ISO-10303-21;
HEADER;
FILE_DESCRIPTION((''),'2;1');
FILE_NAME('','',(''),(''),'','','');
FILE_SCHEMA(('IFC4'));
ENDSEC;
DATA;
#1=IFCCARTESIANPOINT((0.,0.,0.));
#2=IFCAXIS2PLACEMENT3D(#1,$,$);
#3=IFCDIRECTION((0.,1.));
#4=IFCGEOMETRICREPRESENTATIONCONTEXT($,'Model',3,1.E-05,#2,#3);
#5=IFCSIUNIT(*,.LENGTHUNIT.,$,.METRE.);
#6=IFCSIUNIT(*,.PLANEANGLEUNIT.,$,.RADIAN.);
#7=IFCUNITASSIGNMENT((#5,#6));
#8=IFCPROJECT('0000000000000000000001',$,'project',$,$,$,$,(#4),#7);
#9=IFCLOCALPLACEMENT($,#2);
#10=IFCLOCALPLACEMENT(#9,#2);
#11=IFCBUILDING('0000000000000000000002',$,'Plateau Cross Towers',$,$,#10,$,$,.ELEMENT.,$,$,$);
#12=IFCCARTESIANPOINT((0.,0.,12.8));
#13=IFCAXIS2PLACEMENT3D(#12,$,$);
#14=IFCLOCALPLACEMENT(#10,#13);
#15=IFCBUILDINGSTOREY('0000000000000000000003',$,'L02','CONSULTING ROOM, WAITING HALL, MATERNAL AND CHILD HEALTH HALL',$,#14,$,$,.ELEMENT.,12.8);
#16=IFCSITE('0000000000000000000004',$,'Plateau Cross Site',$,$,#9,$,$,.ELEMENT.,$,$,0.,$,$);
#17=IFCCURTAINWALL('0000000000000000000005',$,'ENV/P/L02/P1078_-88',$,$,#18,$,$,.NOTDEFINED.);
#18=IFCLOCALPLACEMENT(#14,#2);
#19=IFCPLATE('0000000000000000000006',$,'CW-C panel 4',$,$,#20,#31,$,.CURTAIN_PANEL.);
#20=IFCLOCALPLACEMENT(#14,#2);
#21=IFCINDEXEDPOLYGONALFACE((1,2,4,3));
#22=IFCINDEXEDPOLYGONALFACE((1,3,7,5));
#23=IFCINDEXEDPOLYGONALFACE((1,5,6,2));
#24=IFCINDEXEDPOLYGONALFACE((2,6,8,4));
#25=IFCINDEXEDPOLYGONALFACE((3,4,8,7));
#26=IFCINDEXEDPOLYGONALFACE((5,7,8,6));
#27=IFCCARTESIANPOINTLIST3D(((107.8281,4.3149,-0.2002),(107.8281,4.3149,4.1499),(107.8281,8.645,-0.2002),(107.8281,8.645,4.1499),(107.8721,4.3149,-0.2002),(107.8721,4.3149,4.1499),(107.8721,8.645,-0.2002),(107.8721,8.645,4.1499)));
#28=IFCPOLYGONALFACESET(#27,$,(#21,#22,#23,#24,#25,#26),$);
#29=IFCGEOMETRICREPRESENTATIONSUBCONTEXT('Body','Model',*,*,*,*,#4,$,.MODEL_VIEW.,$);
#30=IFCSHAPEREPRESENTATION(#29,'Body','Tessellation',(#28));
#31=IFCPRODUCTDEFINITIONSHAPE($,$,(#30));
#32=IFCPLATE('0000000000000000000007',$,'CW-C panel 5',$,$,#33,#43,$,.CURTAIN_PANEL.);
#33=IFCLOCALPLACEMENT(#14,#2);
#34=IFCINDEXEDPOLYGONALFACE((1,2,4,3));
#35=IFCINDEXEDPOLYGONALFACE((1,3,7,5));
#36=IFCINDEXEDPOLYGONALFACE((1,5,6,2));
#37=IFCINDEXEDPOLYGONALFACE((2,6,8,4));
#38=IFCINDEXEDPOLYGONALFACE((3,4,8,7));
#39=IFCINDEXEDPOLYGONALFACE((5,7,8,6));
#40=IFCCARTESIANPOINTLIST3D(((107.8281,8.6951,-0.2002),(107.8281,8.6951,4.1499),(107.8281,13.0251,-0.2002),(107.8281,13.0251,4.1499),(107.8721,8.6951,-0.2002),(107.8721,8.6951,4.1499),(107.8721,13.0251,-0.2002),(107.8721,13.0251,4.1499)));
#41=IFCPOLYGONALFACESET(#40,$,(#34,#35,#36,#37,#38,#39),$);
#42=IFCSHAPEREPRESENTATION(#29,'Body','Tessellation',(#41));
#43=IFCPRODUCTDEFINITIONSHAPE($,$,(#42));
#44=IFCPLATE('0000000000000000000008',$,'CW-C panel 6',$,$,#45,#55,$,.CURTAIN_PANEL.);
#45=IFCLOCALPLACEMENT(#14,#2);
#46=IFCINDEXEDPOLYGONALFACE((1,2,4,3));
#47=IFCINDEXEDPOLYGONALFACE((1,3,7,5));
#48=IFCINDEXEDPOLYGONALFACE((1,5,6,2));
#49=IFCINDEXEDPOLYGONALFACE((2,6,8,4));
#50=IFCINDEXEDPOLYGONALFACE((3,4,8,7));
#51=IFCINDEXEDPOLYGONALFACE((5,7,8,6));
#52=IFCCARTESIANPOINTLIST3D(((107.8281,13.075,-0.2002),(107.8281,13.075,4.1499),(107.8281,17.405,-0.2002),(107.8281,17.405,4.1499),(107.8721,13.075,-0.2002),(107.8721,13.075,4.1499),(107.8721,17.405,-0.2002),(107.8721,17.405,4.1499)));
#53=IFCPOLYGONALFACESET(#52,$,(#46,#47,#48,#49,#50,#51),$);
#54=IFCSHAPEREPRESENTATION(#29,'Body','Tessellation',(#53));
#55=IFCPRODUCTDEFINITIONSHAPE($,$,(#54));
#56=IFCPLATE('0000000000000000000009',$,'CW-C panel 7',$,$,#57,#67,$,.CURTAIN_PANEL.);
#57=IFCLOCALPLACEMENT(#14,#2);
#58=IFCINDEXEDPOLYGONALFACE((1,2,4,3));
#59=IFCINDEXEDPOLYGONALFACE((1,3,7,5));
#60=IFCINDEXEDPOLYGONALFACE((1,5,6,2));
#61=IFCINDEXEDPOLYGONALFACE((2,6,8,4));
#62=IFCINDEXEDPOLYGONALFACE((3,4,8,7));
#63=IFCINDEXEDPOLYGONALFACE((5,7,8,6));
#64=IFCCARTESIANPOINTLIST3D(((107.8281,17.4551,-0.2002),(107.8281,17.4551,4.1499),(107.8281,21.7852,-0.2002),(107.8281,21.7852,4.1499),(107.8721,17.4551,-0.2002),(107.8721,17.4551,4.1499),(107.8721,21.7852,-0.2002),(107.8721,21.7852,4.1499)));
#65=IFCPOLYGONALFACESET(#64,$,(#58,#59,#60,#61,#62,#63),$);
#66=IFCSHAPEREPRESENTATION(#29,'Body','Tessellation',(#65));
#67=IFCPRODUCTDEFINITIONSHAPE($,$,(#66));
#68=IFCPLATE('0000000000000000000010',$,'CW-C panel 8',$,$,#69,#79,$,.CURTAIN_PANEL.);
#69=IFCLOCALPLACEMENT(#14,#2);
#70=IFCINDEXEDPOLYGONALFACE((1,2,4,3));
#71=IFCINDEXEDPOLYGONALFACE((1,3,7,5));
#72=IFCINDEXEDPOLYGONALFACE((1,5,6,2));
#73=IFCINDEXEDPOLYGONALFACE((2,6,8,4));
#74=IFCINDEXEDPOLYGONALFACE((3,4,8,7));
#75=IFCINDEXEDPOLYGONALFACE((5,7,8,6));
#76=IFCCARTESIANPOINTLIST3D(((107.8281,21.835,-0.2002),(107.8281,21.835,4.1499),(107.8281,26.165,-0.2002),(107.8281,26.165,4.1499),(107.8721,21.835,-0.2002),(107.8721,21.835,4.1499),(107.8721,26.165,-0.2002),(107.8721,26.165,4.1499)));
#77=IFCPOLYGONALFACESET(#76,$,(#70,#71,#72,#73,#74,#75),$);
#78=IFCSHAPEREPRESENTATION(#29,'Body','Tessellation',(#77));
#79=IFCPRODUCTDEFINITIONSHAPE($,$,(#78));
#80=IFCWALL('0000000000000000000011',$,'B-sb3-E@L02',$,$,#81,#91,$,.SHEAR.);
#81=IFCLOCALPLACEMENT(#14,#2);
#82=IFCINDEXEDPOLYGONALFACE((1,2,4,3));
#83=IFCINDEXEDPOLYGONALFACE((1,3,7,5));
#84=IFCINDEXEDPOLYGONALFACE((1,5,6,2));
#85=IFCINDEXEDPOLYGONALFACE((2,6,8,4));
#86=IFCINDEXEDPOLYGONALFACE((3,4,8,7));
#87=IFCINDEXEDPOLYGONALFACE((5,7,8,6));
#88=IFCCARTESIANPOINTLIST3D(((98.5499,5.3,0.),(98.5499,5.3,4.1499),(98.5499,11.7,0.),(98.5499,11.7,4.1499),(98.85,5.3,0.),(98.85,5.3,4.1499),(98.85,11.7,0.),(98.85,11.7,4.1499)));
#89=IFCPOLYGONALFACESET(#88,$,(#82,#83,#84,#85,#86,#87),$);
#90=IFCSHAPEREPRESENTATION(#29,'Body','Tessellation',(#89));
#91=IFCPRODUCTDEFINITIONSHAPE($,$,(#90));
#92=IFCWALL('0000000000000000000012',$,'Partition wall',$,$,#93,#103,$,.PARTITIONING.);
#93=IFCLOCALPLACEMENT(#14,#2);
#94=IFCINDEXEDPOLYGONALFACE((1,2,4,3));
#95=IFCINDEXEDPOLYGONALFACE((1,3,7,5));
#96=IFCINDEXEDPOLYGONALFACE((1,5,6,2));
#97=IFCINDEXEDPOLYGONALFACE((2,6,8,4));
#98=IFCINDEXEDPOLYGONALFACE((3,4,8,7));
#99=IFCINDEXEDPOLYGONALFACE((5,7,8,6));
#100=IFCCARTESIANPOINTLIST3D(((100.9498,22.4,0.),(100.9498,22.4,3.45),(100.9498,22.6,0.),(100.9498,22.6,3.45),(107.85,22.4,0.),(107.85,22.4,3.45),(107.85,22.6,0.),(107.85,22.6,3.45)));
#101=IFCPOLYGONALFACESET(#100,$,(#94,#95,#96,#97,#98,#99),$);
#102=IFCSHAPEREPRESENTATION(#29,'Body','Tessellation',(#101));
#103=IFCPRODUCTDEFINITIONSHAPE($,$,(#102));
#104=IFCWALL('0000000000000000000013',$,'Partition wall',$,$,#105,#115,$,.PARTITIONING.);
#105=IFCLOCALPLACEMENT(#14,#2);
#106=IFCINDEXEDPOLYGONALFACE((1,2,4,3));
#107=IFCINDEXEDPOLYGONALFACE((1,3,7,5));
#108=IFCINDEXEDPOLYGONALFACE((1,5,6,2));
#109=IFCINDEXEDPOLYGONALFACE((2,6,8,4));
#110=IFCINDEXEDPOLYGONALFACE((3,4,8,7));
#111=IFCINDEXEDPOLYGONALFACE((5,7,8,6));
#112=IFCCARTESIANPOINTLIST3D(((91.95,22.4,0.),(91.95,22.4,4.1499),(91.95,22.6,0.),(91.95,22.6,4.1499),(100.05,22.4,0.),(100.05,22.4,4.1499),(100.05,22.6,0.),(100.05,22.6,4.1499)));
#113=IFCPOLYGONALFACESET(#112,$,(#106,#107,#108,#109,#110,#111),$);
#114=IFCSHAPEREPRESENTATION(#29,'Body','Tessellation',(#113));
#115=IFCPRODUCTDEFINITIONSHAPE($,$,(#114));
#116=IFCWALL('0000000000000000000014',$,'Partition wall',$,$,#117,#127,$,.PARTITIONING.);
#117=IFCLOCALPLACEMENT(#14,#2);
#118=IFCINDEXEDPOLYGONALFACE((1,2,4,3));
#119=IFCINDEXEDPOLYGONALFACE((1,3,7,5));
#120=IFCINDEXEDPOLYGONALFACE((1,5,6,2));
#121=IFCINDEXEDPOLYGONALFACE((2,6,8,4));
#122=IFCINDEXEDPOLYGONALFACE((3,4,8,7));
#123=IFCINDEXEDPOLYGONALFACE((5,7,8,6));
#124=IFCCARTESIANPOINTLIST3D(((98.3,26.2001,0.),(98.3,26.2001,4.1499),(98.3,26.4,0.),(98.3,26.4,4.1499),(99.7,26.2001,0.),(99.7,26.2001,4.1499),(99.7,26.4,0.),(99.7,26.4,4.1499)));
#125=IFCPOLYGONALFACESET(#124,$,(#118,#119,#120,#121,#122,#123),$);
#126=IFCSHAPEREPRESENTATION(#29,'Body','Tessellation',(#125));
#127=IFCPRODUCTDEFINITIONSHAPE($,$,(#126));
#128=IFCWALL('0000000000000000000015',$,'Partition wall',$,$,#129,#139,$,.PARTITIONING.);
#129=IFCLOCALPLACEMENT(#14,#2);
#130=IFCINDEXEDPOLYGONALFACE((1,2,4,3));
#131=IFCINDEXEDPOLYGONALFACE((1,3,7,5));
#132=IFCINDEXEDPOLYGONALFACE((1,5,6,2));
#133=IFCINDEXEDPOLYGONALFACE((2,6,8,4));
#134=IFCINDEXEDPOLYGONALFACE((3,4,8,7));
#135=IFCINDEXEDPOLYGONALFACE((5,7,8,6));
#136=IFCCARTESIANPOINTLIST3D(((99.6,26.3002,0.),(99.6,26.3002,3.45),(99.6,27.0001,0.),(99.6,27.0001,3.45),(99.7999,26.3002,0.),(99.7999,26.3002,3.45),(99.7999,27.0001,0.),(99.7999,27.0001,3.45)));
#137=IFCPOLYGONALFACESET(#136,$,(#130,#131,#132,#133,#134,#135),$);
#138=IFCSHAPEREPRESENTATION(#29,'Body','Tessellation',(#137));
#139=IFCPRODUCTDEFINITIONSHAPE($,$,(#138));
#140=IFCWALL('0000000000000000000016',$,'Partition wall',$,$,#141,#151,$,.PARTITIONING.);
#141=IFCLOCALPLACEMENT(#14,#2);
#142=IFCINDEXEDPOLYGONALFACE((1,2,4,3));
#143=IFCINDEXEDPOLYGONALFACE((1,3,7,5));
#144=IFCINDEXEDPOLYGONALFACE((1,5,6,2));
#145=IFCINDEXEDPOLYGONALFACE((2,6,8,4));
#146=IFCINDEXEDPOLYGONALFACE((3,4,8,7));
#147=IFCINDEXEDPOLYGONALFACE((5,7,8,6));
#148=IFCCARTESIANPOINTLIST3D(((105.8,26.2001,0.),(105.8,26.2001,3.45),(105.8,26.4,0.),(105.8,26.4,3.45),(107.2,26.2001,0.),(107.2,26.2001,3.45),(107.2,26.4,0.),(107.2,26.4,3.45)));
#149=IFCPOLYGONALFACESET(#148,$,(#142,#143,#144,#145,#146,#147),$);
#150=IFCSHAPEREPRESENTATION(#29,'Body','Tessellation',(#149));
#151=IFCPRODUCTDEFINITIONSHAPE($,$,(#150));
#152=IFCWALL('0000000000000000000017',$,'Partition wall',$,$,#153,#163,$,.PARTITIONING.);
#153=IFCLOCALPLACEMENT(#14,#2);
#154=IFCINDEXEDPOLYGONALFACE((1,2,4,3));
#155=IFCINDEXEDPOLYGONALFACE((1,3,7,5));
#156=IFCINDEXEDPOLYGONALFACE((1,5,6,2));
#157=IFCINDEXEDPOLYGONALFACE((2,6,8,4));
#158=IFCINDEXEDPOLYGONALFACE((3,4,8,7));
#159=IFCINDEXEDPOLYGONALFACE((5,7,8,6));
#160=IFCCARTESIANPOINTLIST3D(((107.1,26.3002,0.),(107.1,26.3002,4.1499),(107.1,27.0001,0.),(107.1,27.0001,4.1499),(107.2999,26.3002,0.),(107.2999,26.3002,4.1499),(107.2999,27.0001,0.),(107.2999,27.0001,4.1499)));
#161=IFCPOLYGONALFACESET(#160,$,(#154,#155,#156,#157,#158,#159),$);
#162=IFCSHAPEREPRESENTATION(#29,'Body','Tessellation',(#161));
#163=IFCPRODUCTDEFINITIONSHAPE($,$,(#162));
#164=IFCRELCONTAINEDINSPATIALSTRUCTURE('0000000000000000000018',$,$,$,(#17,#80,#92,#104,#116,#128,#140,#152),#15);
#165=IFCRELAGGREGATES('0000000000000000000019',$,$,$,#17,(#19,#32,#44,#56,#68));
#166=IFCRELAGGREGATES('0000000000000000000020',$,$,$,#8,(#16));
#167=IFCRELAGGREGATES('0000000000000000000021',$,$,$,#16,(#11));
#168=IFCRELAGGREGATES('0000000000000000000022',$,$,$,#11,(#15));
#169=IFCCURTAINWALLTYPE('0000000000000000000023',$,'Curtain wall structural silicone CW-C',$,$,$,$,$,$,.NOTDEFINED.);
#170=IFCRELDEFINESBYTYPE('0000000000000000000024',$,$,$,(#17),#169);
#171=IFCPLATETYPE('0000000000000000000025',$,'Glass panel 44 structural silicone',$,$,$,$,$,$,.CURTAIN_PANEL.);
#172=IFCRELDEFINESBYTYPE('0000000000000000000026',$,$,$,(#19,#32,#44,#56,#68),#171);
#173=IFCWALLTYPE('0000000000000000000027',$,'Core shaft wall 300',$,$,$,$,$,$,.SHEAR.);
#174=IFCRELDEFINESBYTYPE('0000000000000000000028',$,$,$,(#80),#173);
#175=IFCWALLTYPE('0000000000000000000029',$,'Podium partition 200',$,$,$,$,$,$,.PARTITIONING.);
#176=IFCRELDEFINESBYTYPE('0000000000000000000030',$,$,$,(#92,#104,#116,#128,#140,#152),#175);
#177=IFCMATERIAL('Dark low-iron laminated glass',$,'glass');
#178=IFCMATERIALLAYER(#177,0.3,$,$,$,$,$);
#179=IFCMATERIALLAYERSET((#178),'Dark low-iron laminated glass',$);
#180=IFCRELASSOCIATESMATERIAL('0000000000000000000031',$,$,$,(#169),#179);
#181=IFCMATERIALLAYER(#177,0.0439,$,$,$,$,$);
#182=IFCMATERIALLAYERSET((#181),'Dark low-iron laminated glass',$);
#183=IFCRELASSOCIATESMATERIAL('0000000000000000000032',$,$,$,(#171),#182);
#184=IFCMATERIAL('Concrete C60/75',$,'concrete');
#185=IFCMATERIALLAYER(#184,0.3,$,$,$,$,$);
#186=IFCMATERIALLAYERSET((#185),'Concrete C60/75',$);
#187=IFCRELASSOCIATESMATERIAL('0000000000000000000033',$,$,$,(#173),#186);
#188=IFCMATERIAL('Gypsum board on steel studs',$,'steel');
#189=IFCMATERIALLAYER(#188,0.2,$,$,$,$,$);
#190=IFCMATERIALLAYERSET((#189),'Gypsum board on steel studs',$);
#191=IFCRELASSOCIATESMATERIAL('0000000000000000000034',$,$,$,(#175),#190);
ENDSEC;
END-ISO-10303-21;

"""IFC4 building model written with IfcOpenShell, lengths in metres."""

from ifc_helpers import new_model, si_unit, direction, frame, frame_2d, origin, origin_2d, place, context, subcontext, project, spatial, rectangle, extrude, material, layer, layer_set, type_object, element, aggregate, save


model = new_model("IFC4")

# Units and contexts
model_context = context("Model", 3, precision=1e-05, world=origin(), true_north=direction((0.0, 1.0)))
body_context = subcontext(model_context, "Body", "Model", "MODEL_VIEW")
ifc_project = project(units=[si_unit("LENGTHUNIT", "METRE"), si_unit("PLANEANGLEUNIT", "RADIAN")], contexts=[model_context])

# Site, building, storey
site_placement = place(None, origin())
site = spatial("IfcSite", under=ifc_project, at=site_placement, Name="Plateau Cross Site", CompositionType="ELEMENT", RefElevation=0.0)
building_placement = place(site_placement, origin())
building = spatial("IfcBuilding", under=site, at=building_placement, Name="Plateau Cross Towers", CompositionType="ELEMENT")
storey_placement = place(building_placement, frame((0.0, 0.0, 12.8)))
storey = spatial("IfcBuildingStorey", under=building, at=storey_placement, Name="L02", Description="CONSULTING ROOM, WAITING HALL, MATERNAL AND CHILD HEALTH HALL", CompositionType="ELEMENT", Elevation=12.8)

# Shared definitions
ifc_material_1 = material(Name="Concrete C60/75", Category="concrete")

# Curtain wall
ifc_material_2 = material(Name="Dark low-iron laminated glass", Category="glass")
ifc_layer_1 = layer(ifc_material_2, 0.3)
ifc_layer_set_1 = layer_set([ifc_layer_1], Name="Dark low-iron laminated glass")
curtain_wall_type = type_object("IfcCurtainWallType", Name="Curtain wall structural silicone CW-C", PredefinedType="NOTDEFINED", material=ifc_layer_set_1)
curtain_wall_placement = place(storey_placement, origin())
curtain_wall = element("IfcCurtainWall", 1, at=curtain_wall_placement, inside=storey, type_object=curtain_wall_type, Name="ENV/P/L02/P1078_-88", PredefinedType="NOTDEFINED")

# Plates
ifc_layer_2 = layer(ifc_material_2, 0.0439)
ifc_layer_set_2 = layer_set([ifc_layer_2], Name="Dark low-iron laminated glass")
plate_type = type_object("IfcPlateType", Name="Glass panel 44 structural silicone", PredefinedType="CURTAIN_PANEL", material=ifc_layer_set_2)
plate_1_placement = place(storey_placement, frame((107.8501, 6.48, -0.2002), z_axis=(0.0, 0.0, 1.0), x_axis=(0.0, 1.0, 0.0)))
plate_1 = element("IfcPlate", 2, at=plate_1_placement, type_object=plate_type, Name="CW-C panel 4", PredefinedType="CURTAIN_PANEL", context=body_context, shape_type="SweptSolid", body=[
    extrude(rectangle(XDim=4.3301, YDim=0.0439, at=origin_2d()), origin(), (0.0, 0.0, 1.0), 4.3501),
])
plate_2_placement = place(storey_placement, frame((107.8501, 10.8601, -0.2002), z_axis=(0.0, 0.0, 1.0), x_axis=(0.0, 1.0, 0.0)))
plate_2 = element("IfcPlate", 3, at=plate_2_placement, type_object=plate_type, Name="CW-C panel 5", PredefinedType="CURTAIN_PANEL", context=body_context, shape_type="SweptSolid", body=[
    extrude(rectangle(XDim=4.3301, YDim=0.0439, at=origin_2d()), origin(), (0.0, 0.0, 1.0), 4.3501),
])
plate_3_placement = place(storey_placement, frame((107.8501, 15.24, -0.2002), z_axis=(0.0, 0.0, 1.0), x_axis=(0.0, 1.0, 0.0)))
plate_3 = element("IfcPlate", 4, at=plate_3_placement, type_object=plate_type, Name="CW-C panel 6", PredefinedType="CURTAIN_PANEL", context=body_context, shape_type="SweptSolid", body=[
    extrude(rectangle(XDim=4.3301, YDim=0.0439, at=origin_2d()), origin(), (0.0, 0.0, 1.0), 4.3501),
])
plate_4_placement = place(storey_placement, frame((107.8501, 19.6201, -0.2002), z_axis=(0.0, 0.0, 1.0), x_axis=(0.0, 1.0, 0.0)))
plate_4 = element("IfcPlate", 5, at=plate_4_placement, type_object=plate_type, Name="CW-C panel 7", PredefinedType="CURTAIN_PANEL", context=body_context, shape_type="SweptSolid", body=[
    extrude(rectangle(XDim=4.3301, YDim=0.0439, at=origin_2d()), origin(), (0.0, 0.0, 1.0), 4.3501),
])
plate_5_placement = place(storey_placement, frame((107.8501, 24.0, -0.2002), z_axis=(0.0, 0.0, 1.0), x_axis=(0.0, 1.0, 0.0)))
plate_5 = element("IfcPlate", 6, at=plate_5_placement, type_object=plate_type, Name="CW-C panel 8", PredefinedType="CURTAIN_PANEL", context=body_context, shape_type="SweptSolid", body=[
    extrude(rectangle(XDim=4.3301, YDim=0.0439, at=origin_2d()), origin(), (0.0, 0.0, 1.0), 4.3501),
])
aggregate(curtain_wall, [plate_1, plate_2, plate_3, plate_4, plate_5])

# Walls
ifc_layer_3 = layer(ifc_material_1, 0.3)
ifc_layer_set_3 = layer_set([ifc_layer_3], Name="Concrete C60/75")
wall_type_1 = type_object("IfcWallType", Name="Core shaft wall 300", PredefinedType="SHEAR", material=ifc_layer_set_3)
wall_1_placement = place(storey_placement, frame((98.7, 5.3, 0.0), z_axis=(0.0, 0.0, 1.0), x_axis=(0.0, 1.0, 0.0)))
element("IfcWall", 7, at=wall_1_placement, inside=storey, type_object=wall_type_1, Name="B-sb3-E@L02", PredefinedType="SHEAR", context=body_context, shape_type="SweptSolid", body=[
    extrude(rectangle(XDim=6.3999, YDim=0.3, at=frame_2d((3.2, 0.0))), origin(), (0.0, 0.0, 1.0), 4.1499),
])
ifc_material_3 = material(Name="Gypsum board on steel studs", Category="steel")
ifc_layer_4 = layer(ifc_material_3, 0.2)
ifc_layer_set_4 = layer_set([ifc_layer_4], Name="Gypsum board on steel studs")
wall_type_2 = type_object("IfcWallType", Name="Podium partition 200", PredefinedType="PARTITIONING", material=ifc_layer_set_4)
wall_2_placement = place(storey_placement, frame((107.8501, 22.5, 0.0), z_axis=(0.0, 0.0, 1.0), x_axis=(-1.0, 0.0, 0.0)))
element("IfcWall", 8, at=wall_2_placement, inside=storey, type_object=wall_type_2, Name="Partition wall", PredefinedType="PARTITIONING", context=body_context, shape_type="SweptSolid", body=[
    extrude(rectangle(XDim=6.9001, YDim=0.2, at=frame_2d((3.4502, 0.0))), origin(), (0.0, 0.0, 1.0), 3.45),
])
wall_3_placement = place(storey_placement, frame((100.05, 22.5, 0.0), z_axis=(0.0, 0.0, 1.0), x_axis=(-1.0, 0.0, 0.0)))
element("IfcWall", 9, at=wall_3_placement, inside=storey, type_object=wall_type_2, Name="Partition wall", PredefinedType="PARTITIONING", context=body_context, shape_type="SweptSolid", body=[
    extrude(rectangle(XDim=8.1001, YDim=0.2, at=frame_2d((4.05, 0.0))), origin(), (0.0, 0.0, 1.0), 4.1499),
])
wall_4_placement = place(storey_placement, frame((98.3, 26.3, 0.0), z_axis=(0.0, 0.0, 1.0), x_axis=(1.0, 0.0, 0.0)))
element("IfcWall", 10, at=wall_4_placement, inside=storey, type_object=wall_type_2, Name="Partition wall", PredefinedType="PARTITIONING", context=body_context, shape_type="SweptSolid", body=[
    extrude(rectangle(XDim=1.3999, YDim=0.2, at=frame_2d((0.7, 0.0))), origin(), (0.0, 0.0, 1.0), 4.1499),
])
wall_5_placement = place(storey_placement, frame((99.7, 26.3, 0.0), z_axis=(0.0, 0.0, 1.0), x_axis=(0.0, 1.0, 0.0)))
element("IfcWall", 11, at=wall_5_placement, inside=storey, type_object=wall_type_2, Name="Partition wall", PredefinedType="PARTITIONING", context=body_context, shape_type="SweptSolid", body=[
    extrude(rectangle(XDim=0.7, YDim=0.2, at=frame_2d((0.3501, 0.0))), origin(), (0.0, 0.0, 1.0), 3.45),
])
wall_6_placement = place(storey_placement, frame((105.8, 26.3, 0.0), z_axis=(0.0, 0.0, 1.0), x_axis=(1.0, 0.0, 0.0)))
element("IfcWall", 12, at=wall_6_placement, inside=storey, type_object=wall_type_2, Name="Partition wall", PredefinedType="PARTITIONING", context=body_context, shape_type="SweptSolid", body=[
    extrude(rectangle(XDim=1.3999, YDim=0.2, at=frame_2d((0.7, 0.0))), origin(), (0.0, 0.0, 1.0), 3.45),
])
wall_7_placement = place(storey_placement, frame((107.2, 26.3, 0.0), z_axis=(0.0, 0.0, 1.0), x_axis=(0.0, 1.0, 0.0)))
element("IfcWall", 13, at=wall_7_placement, inside=storey, type_object=wall_type_2, Name="Partition wall", PredefinedType="PARTITIONING", context=body_context, shape_type="SweptSolid", body=[
    extrude(rectangle(XDim=0.7, YDim=0.2, at=frame_2d((0.3501, 0.0))), origin(), (0.0, 0.0, 1.0), 4.1499),
])

save(model, "model.ifc")
